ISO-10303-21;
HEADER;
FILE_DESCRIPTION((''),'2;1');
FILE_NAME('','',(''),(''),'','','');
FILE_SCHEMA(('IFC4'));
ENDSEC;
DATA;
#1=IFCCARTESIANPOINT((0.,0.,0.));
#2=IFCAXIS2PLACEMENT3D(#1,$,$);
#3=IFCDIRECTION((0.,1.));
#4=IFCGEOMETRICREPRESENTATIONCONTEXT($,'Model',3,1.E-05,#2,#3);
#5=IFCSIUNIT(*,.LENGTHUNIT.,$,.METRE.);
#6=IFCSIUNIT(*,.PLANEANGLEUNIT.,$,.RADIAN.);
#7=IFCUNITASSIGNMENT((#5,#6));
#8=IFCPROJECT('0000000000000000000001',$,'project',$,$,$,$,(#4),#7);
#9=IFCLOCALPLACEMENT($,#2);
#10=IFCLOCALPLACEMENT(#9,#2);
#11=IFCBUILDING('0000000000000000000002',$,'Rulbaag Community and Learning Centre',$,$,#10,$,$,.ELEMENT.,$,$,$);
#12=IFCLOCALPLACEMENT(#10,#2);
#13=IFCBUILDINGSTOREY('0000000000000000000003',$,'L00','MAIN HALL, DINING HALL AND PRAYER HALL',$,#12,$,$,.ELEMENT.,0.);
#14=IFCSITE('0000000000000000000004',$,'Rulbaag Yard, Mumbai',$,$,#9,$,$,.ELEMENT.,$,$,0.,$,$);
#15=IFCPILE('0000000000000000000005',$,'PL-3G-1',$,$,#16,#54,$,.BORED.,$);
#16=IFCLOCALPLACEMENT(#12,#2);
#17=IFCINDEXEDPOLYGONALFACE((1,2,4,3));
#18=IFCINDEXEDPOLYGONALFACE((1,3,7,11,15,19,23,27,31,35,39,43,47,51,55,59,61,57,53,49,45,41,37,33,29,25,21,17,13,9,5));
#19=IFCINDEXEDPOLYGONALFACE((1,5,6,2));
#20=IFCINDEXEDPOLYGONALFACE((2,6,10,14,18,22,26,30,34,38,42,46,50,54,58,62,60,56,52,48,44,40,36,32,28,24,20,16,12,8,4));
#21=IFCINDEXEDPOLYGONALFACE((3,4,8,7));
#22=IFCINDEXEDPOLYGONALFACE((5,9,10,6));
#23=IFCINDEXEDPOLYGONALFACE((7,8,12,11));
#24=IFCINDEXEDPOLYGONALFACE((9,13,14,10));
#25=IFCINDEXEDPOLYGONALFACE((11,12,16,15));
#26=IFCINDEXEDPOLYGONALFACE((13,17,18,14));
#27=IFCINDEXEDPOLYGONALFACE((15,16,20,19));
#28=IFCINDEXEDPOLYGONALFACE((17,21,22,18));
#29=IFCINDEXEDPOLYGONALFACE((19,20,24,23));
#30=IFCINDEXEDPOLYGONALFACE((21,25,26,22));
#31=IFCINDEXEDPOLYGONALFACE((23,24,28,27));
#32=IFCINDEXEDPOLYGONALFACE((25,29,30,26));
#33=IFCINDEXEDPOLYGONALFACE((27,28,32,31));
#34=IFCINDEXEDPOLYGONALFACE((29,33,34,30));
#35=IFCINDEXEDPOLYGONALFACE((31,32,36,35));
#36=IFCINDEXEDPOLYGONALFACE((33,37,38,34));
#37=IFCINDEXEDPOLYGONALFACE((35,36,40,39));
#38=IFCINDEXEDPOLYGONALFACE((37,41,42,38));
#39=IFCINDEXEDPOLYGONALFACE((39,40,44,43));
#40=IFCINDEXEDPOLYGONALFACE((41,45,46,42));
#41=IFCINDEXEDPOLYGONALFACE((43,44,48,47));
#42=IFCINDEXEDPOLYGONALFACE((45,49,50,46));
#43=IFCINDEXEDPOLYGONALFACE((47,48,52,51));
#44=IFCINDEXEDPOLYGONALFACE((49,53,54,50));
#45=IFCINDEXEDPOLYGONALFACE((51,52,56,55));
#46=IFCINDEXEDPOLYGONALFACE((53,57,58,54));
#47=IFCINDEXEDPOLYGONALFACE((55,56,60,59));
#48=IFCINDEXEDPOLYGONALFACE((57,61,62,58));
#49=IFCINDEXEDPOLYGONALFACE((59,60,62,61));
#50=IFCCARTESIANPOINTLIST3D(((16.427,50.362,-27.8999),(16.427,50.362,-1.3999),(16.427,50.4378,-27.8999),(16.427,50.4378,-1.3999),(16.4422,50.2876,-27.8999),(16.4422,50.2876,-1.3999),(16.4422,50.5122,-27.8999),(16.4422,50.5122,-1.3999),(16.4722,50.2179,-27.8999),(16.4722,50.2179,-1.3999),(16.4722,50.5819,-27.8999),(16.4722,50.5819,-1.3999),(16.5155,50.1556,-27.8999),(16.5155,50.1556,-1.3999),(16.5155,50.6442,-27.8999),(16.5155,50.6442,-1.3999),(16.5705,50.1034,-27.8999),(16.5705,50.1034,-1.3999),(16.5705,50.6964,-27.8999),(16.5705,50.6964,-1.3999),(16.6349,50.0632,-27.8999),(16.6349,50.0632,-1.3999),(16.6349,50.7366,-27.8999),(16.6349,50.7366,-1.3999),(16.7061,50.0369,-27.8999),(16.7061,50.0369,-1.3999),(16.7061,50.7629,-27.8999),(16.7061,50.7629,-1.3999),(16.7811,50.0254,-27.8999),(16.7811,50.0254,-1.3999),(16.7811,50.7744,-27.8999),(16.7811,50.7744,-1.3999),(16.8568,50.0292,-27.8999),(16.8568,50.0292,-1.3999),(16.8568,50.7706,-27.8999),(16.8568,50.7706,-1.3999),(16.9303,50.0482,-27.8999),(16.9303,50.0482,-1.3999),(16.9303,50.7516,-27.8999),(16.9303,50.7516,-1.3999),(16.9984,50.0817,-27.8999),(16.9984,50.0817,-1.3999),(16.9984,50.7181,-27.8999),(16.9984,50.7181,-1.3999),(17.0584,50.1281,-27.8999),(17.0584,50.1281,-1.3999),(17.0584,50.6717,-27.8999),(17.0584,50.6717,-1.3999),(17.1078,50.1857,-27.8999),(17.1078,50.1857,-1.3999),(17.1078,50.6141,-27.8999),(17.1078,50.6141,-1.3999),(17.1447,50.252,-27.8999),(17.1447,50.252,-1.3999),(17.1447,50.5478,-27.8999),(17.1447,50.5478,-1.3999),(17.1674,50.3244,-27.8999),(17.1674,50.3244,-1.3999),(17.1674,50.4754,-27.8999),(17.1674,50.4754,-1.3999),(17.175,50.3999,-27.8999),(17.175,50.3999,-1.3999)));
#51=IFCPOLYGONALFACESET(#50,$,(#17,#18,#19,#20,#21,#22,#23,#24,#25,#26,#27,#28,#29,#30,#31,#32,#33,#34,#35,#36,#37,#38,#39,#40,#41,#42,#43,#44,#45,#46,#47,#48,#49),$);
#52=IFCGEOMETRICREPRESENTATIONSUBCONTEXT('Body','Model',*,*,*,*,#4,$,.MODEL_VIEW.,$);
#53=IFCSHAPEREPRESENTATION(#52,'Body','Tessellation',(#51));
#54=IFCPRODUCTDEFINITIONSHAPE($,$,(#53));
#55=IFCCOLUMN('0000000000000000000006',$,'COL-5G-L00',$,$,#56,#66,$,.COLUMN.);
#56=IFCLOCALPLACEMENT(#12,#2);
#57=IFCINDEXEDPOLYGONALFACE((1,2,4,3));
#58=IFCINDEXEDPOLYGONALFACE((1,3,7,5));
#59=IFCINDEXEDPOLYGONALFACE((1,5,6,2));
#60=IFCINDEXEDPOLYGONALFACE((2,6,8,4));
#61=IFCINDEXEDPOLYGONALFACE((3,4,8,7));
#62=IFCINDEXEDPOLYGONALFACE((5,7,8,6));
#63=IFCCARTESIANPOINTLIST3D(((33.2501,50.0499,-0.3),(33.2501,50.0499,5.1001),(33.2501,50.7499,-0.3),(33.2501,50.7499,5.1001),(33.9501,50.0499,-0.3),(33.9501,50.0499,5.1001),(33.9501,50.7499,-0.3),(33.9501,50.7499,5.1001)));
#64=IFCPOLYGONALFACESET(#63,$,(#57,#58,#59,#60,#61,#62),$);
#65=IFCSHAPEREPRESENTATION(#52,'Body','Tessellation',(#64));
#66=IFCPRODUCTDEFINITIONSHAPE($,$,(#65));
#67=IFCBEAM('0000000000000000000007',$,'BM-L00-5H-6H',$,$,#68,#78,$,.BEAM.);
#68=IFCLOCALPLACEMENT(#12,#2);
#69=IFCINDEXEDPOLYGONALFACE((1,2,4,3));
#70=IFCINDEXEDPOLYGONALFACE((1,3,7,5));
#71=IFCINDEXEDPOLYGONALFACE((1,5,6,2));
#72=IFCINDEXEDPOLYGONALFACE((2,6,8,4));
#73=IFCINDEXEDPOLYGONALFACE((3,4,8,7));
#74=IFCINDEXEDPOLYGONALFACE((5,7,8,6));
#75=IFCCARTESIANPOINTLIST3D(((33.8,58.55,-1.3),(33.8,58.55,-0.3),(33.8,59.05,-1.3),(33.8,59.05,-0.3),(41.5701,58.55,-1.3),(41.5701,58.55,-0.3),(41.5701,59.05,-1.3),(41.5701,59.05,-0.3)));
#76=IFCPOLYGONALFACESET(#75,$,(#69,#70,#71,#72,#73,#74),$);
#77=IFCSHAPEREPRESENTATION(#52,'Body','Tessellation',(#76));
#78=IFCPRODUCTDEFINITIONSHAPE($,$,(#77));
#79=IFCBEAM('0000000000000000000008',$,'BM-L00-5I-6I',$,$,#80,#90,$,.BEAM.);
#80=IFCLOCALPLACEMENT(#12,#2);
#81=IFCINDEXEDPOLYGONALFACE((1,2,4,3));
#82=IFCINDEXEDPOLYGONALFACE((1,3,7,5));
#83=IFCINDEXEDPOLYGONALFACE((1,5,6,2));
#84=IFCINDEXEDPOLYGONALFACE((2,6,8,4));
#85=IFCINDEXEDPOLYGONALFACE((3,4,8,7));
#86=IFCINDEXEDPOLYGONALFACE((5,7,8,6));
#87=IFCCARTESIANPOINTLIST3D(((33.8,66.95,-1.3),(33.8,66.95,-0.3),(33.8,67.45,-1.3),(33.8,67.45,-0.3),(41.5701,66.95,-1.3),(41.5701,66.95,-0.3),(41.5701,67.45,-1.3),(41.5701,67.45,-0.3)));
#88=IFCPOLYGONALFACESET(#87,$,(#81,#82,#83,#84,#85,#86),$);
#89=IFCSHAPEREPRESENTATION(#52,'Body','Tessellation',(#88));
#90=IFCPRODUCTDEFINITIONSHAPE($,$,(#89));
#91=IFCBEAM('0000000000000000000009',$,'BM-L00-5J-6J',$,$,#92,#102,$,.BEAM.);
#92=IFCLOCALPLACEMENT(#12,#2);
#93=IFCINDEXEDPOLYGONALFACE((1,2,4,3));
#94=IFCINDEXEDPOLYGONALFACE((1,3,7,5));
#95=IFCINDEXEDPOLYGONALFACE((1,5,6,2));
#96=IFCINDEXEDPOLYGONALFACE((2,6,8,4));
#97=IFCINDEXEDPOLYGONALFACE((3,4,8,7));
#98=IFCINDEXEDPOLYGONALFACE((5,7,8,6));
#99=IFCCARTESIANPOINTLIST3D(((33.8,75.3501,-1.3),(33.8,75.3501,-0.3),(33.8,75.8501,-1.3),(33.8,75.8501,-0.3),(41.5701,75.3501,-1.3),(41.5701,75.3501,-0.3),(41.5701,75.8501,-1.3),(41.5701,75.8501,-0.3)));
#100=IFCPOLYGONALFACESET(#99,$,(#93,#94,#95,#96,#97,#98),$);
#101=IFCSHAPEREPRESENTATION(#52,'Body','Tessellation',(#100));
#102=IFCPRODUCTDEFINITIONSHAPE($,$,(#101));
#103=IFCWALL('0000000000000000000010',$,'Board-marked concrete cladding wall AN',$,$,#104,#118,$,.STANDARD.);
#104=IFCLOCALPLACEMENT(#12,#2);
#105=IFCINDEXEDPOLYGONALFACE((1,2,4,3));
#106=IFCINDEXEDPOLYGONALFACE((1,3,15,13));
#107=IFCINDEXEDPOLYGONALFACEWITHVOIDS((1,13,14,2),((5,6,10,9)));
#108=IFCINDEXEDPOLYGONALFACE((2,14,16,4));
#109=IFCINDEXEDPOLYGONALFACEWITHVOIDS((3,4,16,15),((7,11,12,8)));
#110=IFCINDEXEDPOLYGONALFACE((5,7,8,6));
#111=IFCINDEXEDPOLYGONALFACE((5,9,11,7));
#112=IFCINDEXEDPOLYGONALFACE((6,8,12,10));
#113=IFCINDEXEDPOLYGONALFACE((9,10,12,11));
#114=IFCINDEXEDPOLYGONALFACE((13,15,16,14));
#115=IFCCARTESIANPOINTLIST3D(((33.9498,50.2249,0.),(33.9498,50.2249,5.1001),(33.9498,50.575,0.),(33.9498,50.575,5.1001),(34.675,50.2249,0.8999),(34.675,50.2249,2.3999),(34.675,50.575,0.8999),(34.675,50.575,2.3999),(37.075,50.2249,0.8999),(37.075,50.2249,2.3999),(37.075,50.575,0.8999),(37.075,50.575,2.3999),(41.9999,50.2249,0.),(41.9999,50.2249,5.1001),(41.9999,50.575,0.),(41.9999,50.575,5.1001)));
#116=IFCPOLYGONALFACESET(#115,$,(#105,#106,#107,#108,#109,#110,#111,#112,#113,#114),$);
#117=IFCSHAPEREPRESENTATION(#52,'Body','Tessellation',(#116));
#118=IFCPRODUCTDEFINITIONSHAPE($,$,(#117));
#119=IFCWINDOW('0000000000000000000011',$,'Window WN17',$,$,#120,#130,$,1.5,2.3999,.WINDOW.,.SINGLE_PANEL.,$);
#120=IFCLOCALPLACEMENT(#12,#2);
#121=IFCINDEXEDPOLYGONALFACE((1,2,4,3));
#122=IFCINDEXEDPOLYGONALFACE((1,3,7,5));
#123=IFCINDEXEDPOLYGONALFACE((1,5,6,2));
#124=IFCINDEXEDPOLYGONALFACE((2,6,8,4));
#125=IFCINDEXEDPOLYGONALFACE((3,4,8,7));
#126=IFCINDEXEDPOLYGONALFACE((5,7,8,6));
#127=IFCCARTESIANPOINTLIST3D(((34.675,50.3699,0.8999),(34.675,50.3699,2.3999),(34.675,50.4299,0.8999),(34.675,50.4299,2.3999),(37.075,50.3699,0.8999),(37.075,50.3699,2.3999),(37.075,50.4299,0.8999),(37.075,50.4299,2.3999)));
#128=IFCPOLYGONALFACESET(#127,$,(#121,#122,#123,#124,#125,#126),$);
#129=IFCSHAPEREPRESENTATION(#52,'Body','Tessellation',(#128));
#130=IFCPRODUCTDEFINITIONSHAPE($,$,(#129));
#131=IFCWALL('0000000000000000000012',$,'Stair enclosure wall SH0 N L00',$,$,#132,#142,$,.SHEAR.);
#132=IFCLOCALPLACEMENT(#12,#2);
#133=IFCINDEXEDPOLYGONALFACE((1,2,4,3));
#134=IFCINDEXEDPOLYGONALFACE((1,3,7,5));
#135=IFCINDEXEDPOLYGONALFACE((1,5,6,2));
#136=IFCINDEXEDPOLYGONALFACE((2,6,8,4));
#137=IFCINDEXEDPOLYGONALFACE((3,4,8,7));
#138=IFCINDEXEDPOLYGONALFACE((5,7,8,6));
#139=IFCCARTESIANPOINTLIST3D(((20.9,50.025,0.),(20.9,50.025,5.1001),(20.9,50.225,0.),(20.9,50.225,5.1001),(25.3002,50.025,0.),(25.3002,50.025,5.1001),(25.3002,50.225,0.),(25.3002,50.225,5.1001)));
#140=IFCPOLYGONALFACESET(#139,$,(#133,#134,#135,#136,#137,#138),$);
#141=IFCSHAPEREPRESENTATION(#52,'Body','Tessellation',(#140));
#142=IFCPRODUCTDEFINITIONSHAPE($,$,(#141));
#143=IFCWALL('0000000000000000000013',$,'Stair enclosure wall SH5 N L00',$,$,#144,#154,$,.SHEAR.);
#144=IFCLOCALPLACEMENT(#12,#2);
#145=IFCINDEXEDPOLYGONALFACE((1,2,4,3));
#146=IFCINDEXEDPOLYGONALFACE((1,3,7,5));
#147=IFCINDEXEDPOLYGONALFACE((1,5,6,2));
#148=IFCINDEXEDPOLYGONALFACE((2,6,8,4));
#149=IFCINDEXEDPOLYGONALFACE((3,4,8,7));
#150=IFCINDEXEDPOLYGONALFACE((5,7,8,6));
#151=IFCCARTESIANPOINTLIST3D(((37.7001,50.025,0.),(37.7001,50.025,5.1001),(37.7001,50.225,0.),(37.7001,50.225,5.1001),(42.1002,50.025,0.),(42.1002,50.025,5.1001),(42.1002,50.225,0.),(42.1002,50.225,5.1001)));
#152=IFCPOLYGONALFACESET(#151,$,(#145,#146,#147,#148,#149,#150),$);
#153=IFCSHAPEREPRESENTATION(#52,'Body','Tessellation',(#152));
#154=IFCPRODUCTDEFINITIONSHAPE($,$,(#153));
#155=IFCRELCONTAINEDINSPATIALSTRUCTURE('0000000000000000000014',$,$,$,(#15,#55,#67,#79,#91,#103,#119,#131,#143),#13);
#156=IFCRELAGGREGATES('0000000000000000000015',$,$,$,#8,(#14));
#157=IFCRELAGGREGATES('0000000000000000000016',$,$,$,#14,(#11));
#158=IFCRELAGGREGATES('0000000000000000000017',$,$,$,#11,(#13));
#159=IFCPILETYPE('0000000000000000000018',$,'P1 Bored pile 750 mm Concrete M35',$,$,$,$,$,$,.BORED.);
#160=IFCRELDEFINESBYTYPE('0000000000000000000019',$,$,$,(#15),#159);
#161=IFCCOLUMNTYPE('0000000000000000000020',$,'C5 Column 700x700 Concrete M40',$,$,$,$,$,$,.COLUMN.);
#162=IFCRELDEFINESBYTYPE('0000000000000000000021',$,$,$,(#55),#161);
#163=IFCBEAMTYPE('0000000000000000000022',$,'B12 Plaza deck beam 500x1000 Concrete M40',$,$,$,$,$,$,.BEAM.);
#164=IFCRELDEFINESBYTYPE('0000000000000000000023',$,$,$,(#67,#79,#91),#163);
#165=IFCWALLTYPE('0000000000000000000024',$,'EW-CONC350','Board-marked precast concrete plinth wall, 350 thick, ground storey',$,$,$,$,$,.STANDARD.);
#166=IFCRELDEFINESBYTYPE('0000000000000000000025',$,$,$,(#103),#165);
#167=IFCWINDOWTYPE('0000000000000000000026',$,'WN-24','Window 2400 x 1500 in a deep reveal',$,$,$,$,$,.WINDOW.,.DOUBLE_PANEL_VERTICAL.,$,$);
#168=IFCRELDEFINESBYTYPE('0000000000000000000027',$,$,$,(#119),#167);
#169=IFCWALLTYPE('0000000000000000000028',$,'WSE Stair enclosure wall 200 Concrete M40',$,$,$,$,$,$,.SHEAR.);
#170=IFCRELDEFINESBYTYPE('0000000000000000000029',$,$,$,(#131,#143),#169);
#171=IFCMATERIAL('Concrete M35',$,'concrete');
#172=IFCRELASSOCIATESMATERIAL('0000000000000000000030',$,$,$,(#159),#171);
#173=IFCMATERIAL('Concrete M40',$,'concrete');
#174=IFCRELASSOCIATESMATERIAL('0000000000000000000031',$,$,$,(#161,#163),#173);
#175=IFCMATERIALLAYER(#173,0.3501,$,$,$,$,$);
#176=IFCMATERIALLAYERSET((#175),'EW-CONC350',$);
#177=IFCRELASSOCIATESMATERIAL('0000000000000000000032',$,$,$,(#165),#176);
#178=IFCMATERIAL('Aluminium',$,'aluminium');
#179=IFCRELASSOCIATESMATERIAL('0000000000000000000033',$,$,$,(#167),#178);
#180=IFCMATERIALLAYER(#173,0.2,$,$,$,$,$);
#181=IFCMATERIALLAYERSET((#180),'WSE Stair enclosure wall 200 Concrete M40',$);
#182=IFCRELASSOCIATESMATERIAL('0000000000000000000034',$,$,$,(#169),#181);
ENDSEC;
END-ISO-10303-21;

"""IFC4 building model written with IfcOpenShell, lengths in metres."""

from ifc_helpers import new_model, si_unit, direction, frame, frame_2d, origin, origin_2d, place, context, subcontext, project, spatial, rectangle, circle, extrude, material, layer, layer_set, material_profile, profile_set, type_object, element, fill, save


model = new_model("IFC4")

# Units and contexts
model_context = context("Model", 3, precision=1e-05, world=origin(), true_north=direction((0.0, 1.0)))
body_context = subcontext(model_context, "Body", "Model", "MODEL_VIEW")
ifc_project = project(units=[si_unit("LENGTHUNIT", "METRE"), si_unit("PLANEANGLEUNIT", "RADIAN")], contexts=[model_context])

# Site, building, storey
site_placement = place(None, origin())
site = spatial("IfcSite", under=ifc_project, at=site_placement, Name="Rulbaag Yard, Mumbai", CompositionType="ELEMENT", RefElevation=0.0)
building_placement = place(site_placement, origin())
building = spatial("IfcBuilding", under=site, at=building_placement, Name="Rulbaag Community and Learning Centre", CompositionType="ELEMENT")
storey_placement = place(building_placement, origin())
storey = spatial("IfcBuildingStorey", under=building, at=storey_placement, Name="L00", Description="MAIN HALL, DINING HALL AND PRAYER HALL", CompositionType="ELEMENT", Elevation=0.0)

# Pile
ifc_material_1 = material(Name="Concrete M35", Category="concrete")
ifc_material_profile_1 = material_profile(ifc_material_1, circle(Radius=0.375, at=origin_2d()), Name="BP750")
ifc_profile_set_1 = profile_set([ifc_material_profile_1], Name="Concrete M35")
pile_type = type_object("IfcPileType", Name="P1 Bored pile 750 mm Concrete M35", PredefinedType="BORED", material=ifc_profile_set_1)
pile_placement = place(storey_placement, frame((16.8, 50.3999, -1.3999), z_axis=(0.0, 0.0, -1.0), x_axis=(1.0, 0.0, 0.0)))
element("IfcPile", 1, at=pile_placement, inside=storey, type_object=pile_type, Name="PL-3G-1", PredefinedType="BORED", context=body_context, shape_type="SweptSolid", body=[
    extrude(circle(Radius=0.375, at=origin_2d()), origin(), (0.0, 0.0, 1.0), 26.5),
])

# Column
ifc_material_2 = material(Name="Concrete M40", Category="concrete")
ifc_material_profile_2 = material_profile(ifc_material_2, rectangle(XDim=0.7, YDim=0.7, at=origin_2d()), Name="RC700x700")
ifc_profile_set_2 = profile_set([ifc_material_profile_2], Name="Concrete M40")
column_type = type_object("IfcColumnType", Name="C5 Column 700x700 Concrete M40", PredefinedType="COLUMN", material=ifc_profile_set_2)
column_placement = place(storey_placement, frame((33.6001, 50.3999, -0.3), z_axis=(0.0, 0.0, 1.0), x_axis=(1.0, 0.0, 0.0)))
element("IfcColumn", 2, at=column_placement, inside=storey, type_object=column_type, Name="COL-5G-L00", PredefinedType="COLUMN", context=body_context, shape_type="SweptSolid", body=[
    extrude(rectangle(XDim=0.7, YDim=0.7, at=origin_2d()), origin(), (0.0, 0.0, 1.0), 5.4001),
])

# Beams
ifc_material_profile_3 = material_profile(ifc_material_2, rectangle(XDim=0.5, YDim=1.0, at=origin_2d()), Name="RB500x1000")
ifc_profile_set_3 = profile_set([ifc_material_profile_3], Name="Concrete M40")
beam_type = type_object("IfcBeamType", Name="B12 Plaza deck beam 500x1000 Concrete M40", PredefinedType="BEAM", material=ifc_profile_set_3)
for number, where, z_axis, x_axis, name in (
    (3, (33.8, 58.8, -0.8), (1.0, 0.0, 0.0), (0.0, 1.0, 0.0), "BM-L00-5H-6H"),
    (4, (33.8, 67.2, -0.8), (1.0, 0.0, 0.0), (0.0, 1.0, 0.0), "BM-L00-5I-6I"),
    (5, (33.8, 75.6001, -0.8), (1.0, 0.0, 0.0), (0.0, 1.0, 0.0), "BM-L00-5J-6J"),
):
    element("IfcBeam", number, at=place(storey_placement, frame(where, z_axis=z_axis, x_axis=x_axis)), inside=storey, type_object=beam_type, Name=name, PredefinedType="BEAM", context=body_context, shape_type="SweptSolid", body=[
        extrude(rectangle(XDim=0.5, YDim=1.0, at=origin_2d()), origin(), (0.0, 0.0, 1.0), 7.77),
    ])

# Shared definitions
ifc_layer_1 = layer(ifc_material_2, 0.3501)
ifc_layer_set_1 = layer_set([ifc_layer_1], Name="EW-CONC350")
wall_type_1 = type_object("IfcWallType", Name="EW-CONC350", Description="Board-marked precast concrete plinth wall, 350 thick, ground storey", PredefinedType="STANDARD", material=ifc_layer_set_1)
ifc_material_3 = material(Name="Aluminium", Category="aluminium")
window_type = type_object("IfcWindowType", Name="WN-24", Description="Window 2400 x 1500 in a deep reveal", PartitioningType="DOUBLE_PANEL_VERTICAL", PredefinedType="WINDOW", material=ifc_material_3)

# Wall, opening, window
wall_1_placement = place(storey_placement, frame((33.95, 50.3999, 0.0), z_axis=(0.0, 0.0, 1.0), x_axis=(1.0, 0.0, 0.0)))
wall_1 = element("IfcWall", 6, at=wall_1_placement, inside=storey, type_object=wall_type_1, Name="Board-marked concrete cladding wall AN", PredefinedType="STANDARD", context=body_context, shape_type="SweptSolid", body=[
    extrude(rectangle(XDim=8.05, YDim=0.3501, at=frame_2d((4.0249, 0.0))), origin(), (0.0, 0.0, 1.0), 5.1001),
])
opening_1_placement = place(wall_1_placement, frame((0.7251, 0.0, 0.8999)))
opening_1 = element("IfcOpeningElement", 7, at=opening_1_placement, cuts=wall_1, PredefinedType="OPENING", context=body_context, shape_type="SweptSolid", body=[
    extrude(rectangle(XDim=2.3999, YDim=1.5, at=frame_2d((1.2, 0.75))), frame((0.0, 0.1851, 0.0), z_axis=(0.0, -1.0, 0.0), x_axis=(1.0, 0.0, 0.0)), (0.0, 0.0, 1.0), 0.3701),
])
window_1_placement = place(opening_1_placement, origin())
window_1 = element("IfcWindow", 8, at=window_1_placement, inside=storey, type_object=window_type, Name="Window WN17", OverallHeight=1.5, OverallWidth=2.3999, PartitioningType="SINGLE_PANEL", PredefinedType="WINDOW", context=body_context, shape_type="SweptSolid", body=[
    extrude(rectangle(XDim=2.3999, YDim=1.5, at=frame_2d((1.2, 0.75))), frame((0.0, 0.03, 0.0), z_axis=(0.0, -1.0, 0.0), x_axis=(1.0, 0.0, 0.0)), (0.0, 0.0, 1.0), 0.0601),
])
fill(opening_1, window_1)

# Walls
ifc_layer_2 = layer(ifc_material_2, 0.2)
ifc_layer_set_2 = layer_set([ifc_layer_2], Name="WSE Stair enclosure wall 200 Concrete M40")
wall_type_2 = type_object("IfcWallType", Name="WSE Stair enclosure wall 200 Concrete M40", PredefinedType="SHEAR", material=ifc_layer_set_2)
for number, where, z_axis, x_axis, name in (
    (9, (20.8999, 50.125, 0.0), (0.0, 0.0, 1.0), (1.0, 0.0, 0.0), "Stair enclosure wall SH0 N L00"),
    (10, (37.7, 50.125, 0.0), (0.0, 0.0, 1.0), (1.0, 0.0, 0.0), "Stair enclosure wall SH5 N L00"),
):
    element("IfcWall", number, at=place(storey_placement, frame(where, z_axis=z_axis, x_axis=x_axis)), inside=storey, type_object=wall_type_2, Name=name, PredefinedType="SHEAR", context=body_context, shape_type="SweptSolid", body=[
        extrude(rectangle(XDim=4.4001, YDim=0.2, at=frame_2d((2.2002, 0.0))), origin(), (0.0, 0.0, 1.0), 5.1001),
    ])

save(model, "model.ifc")
